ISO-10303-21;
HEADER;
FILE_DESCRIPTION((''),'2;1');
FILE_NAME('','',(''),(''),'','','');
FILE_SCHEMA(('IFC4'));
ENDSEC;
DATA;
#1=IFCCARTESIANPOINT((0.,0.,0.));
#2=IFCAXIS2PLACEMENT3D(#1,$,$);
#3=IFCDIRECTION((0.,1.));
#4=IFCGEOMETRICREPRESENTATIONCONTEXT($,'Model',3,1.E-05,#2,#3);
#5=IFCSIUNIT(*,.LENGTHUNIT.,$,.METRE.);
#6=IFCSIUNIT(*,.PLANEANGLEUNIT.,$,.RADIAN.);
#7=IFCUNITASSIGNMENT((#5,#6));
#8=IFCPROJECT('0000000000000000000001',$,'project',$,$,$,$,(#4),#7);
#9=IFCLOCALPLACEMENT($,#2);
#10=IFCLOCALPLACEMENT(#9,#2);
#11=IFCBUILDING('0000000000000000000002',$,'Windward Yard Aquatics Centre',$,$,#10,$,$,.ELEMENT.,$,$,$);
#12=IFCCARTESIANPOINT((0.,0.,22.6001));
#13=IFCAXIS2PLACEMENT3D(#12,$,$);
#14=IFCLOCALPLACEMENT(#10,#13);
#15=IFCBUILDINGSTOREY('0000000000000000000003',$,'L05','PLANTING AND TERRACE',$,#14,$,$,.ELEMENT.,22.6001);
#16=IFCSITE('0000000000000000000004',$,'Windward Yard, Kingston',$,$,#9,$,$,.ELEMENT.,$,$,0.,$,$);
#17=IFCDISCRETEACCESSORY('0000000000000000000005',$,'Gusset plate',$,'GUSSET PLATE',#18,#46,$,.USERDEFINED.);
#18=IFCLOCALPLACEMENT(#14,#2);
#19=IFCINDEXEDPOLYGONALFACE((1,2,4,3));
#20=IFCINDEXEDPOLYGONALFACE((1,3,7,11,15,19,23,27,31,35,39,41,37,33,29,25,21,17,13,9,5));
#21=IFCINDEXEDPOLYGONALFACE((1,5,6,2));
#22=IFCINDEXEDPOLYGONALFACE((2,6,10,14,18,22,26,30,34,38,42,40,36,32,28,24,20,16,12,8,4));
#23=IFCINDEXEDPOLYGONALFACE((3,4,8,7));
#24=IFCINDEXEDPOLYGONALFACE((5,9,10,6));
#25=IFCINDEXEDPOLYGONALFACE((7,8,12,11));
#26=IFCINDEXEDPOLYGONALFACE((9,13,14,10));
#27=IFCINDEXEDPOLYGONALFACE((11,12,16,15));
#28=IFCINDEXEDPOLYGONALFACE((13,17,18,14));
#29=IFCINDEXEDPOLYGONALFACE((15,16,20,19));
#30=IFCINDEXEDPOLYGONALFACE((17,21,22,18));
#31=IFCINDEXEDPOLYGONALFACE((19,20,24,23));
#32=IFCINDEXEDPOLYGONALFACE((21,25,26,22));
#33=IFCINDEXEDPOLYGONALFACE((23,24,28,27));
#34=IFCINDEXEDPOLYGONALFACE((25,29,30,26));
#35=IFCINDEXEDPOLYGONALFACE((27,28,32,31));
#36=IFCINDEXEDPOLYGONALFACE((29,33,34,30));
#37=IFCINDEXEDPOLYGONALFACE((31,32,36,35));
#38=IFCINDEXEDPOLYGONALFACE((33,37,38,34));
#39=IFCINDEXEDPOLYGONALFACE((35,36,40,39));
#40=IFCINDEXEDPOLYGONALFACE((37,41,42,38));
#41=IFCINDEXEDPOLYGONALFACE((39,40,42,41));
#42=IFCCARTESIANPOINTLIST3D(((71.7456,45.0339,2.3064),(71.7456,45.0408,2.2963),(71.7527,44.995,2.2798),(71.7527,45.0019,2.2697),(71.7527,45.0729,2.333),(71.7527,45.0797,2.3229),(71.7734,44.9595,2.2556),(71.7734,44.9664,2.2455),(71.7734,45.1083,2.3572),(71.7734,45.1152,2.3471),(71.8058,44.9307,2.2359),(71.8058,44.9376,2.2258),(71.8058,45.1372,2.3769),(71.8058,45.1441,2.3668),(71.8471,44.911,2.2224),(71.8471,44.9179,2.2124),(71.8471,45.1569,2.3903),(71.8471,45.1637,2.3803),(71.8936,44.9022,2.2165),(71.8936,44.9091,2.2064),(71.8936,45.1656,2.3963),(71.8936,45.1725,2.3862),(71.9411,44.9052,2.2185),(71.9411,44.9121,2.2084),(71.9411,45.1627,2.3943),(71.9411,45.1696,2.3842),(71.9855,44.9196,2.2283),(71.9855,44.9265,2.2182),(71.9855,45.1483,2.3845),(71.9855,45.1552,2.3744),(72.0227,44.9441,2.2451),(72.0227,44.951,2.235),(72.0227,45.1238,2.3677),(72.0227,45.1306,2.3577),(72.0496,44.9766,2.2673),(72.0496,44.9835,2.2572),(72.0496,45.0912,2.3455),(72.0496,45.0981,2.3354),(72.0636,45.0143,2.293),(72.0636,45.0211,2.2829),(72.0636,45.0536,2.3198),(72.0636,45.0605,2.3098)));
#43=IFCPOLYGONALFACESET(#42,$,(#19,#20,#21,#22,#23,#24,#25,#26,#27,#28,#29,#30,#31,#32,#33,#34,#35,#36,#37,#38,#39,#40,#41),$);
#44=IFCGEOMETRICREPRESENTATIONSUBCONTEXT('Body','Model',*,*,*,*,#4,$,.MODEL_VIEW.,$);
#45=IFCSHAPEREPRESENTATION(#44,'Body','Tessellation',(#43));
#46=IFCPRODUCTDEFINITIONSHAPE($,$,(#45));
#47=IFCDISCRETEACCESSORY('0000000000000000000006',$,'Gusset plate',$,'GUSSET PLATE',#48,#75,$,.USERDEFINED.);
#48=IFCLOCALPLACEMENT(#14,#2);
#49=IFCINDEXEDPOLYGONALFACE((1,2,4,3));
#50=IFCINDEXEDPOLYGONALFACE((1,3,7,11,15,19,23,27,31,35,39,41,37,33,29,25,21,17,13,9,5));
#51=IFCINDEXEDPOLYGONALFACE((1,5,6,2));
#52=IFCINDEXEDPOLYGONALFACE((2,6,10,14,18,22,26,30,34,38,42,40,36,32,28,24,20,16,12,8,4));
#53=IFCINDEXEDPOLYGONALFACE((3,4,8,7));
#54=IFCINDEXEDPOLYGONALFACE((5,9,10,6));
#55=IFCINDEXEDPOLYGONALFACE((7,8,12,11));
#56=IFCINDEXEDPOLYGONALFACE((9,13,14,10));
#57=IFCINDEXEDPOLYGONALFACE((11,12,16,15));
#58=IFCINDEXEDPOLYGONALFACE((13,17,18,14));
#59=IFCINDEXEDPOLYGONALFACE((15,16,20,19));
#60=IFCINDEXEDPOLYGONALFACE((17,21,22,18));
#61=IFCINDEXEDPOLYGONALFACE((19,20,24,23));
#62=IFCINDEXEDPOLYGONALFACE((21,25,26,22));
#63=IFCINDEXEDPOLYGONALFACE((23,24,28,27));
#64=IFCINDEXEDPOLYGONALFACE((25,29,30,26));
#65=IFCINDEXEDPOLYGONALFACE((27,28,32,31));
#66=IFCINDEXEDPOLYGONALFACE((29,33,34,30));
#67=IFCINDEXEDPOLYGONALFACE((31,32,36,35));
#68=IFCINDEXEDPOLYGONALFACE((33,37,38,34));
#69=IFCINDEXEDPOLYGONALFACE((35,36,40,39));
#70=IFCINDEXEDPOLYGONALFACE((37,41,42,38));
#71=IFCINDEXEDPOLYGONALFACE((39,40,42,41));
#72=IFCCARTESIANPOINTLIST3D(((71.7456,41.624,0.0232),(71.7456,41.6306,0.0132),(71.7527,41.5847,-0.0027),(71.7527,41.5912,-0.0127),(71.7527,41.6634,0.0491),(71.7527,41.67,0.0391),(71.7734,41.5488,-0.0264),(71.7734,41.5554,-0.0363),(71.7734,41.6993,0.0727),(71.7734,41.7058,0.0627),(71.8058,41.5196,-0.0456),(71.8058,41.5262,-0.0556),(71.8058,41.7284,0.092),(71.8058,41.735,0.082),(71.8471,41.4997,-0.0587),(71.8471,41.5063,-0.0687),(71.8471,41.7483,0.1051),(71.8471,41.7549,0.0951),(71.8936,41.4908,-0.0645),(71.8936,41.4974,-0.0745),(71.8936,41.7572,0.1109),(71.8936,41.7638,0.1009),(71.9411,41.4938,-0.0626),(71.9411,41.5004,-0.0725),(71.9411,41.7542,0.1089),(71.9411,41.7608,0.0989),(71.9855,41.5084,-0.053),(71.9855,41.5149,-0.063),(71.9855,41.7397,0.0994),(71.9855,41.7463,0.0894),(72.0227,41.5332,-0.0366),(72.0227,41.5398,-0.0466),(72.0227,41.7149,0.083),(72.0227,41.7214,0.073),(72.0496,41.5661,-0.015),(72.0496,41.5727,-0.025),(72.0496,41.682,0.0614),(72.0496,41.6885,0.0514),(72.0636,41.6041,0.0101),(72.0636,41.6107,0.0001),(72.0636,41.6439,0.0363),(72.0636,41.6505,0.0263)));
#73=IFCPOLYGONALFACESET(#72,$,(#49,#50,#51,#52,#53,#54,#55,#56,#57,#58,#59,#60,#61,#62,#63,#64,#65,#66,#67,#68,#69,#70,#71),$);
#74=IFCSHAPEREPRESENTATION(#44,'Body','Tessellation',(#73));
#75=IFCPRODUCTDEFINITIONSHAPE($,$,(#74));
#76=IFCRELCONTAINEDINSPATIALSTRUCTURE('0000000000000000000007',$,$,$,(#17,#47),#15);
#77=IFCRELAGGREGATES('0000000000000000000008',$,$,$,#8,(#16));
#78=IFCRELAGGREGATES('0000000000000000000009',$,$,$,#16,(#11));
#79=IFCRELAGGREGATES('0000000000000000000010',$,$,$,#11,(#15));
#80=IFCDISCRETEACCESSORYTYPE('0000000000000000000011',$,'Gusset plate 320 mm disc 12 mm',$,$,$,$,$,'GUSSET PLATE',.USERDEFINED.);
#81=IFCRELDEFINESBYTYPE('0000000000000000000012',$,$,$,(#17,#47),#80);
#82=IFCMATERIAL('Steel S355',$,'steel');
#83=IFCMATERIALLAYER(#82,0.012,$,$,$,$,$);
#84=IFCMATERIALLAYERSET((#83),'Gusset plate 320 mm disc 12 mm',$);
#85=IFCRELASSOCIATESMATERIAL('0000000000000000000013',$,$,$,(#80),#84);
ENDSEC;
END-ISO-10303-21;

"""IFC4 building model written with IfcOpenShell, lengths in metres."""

from ifc_helpers import new_model, si_unit, direction, frame, origin, origin_2d, place, context, subcontext, project, spatial, circle, extrude, material, layer, layer_set, type_object, element, save


model = new_model("IFC4")

# Units and contexts
model_context = context("Model", 3, precision=1e-05, world=origin(), true_north=direction((0.0, 1.0)))
body_context = subcontext(model_context, "Body", "Model", "MODEL_VIEW")
ifc_project = project(units=[si_unit("LENGTHUNIT", "METRE"), si_unit("PLANEANGLEUNIT", "RADIAN")], contexts=[model_context])

# Site, building, storey
site_placement = place(None, origin())
site = spatial("IfcSite", under=ifc_project, at=site_placement, Name="Windward Yard, Kingston", CompositionType="ELEMENT", RefElevation=0.0)
building_placement = place(site_placement, origin())
building = spatial("IfcBuilding", under=site, at=building_placement, Name="Windward Yard Aquatics Centre", CompositionType="ELEMENT")
storey_placement = place(building_placement, frame((0.0, 0.0, 22.6001)))
storey = spatial("IfcBuildingStorey", under=building, at=storey_placement, Name="L05", Description="PLANTING AND TERRACE", CompositionType="ELEMENT", Elevation=22.6001)

# Discrete accessories
ifc_material_1 = material(Name="Steel S355", Category="steel")
ifc_layer_1 = layer(ifc_material_1, 0.012)
ifc_layer_set_1 = layer_set([ifc_layer_1], Name="Gusset plate 320 mm disc 12 mm")
discrete_accessory_type = type_object("IfcDiscreteAccessoryType", Name="Gusset plate 320 mm disc 12 mm", ElementType="GUSSET PLATE", PredefinedType="USERDEFINED", material=ifc_layer_set_1)
discrete_accessory_1_placement = place(storey_placement, frame((71.9055, 45.0339, 2.3064), z_axis=(0.0, 0.563962, -0.825801), x_axis=(-1.0, 0.0, 0.0)))
element("IfcDiscreteAccessory", 1, at=discrete_accessory_1_placement, inside=storey, type_object=discrete_accessory_type, Name="Gusset plate", ObjectType="GUSSET PLATE", PredefinedType="USERDEFINED", context=body_context, shape_type="SweptSolid", body=[
    extrude(circle(Radius=0.1599, at=origin_2d()), origin(), (0.0, 0.0, 1.0), 0.0122),
])
discrete_accessory_2_placement = place(storey_placement, frame((71.9055, 41.624, 0.0232), z_axis=(0.0, 0.549991, -0.835171), x_axis=(-1.0, 0.0, 0.0)))
element("IfcDiscreteAccessory", 2, at=discrete_accessory_2_placement, inside=storey, type_object=discrete_accessory_type, Name="Gusset plate", ObjectType="GUSSET PLATE", PredefinedType="USERDEFINED", context=body_context, shape_type="SweptSolid", body=[
    extrude(circle(Radius=0.1599, at=origin_2d()), origin(), (0.0, 0.0, 1.0), 0.012),
])

save(model, "model.ifc")
